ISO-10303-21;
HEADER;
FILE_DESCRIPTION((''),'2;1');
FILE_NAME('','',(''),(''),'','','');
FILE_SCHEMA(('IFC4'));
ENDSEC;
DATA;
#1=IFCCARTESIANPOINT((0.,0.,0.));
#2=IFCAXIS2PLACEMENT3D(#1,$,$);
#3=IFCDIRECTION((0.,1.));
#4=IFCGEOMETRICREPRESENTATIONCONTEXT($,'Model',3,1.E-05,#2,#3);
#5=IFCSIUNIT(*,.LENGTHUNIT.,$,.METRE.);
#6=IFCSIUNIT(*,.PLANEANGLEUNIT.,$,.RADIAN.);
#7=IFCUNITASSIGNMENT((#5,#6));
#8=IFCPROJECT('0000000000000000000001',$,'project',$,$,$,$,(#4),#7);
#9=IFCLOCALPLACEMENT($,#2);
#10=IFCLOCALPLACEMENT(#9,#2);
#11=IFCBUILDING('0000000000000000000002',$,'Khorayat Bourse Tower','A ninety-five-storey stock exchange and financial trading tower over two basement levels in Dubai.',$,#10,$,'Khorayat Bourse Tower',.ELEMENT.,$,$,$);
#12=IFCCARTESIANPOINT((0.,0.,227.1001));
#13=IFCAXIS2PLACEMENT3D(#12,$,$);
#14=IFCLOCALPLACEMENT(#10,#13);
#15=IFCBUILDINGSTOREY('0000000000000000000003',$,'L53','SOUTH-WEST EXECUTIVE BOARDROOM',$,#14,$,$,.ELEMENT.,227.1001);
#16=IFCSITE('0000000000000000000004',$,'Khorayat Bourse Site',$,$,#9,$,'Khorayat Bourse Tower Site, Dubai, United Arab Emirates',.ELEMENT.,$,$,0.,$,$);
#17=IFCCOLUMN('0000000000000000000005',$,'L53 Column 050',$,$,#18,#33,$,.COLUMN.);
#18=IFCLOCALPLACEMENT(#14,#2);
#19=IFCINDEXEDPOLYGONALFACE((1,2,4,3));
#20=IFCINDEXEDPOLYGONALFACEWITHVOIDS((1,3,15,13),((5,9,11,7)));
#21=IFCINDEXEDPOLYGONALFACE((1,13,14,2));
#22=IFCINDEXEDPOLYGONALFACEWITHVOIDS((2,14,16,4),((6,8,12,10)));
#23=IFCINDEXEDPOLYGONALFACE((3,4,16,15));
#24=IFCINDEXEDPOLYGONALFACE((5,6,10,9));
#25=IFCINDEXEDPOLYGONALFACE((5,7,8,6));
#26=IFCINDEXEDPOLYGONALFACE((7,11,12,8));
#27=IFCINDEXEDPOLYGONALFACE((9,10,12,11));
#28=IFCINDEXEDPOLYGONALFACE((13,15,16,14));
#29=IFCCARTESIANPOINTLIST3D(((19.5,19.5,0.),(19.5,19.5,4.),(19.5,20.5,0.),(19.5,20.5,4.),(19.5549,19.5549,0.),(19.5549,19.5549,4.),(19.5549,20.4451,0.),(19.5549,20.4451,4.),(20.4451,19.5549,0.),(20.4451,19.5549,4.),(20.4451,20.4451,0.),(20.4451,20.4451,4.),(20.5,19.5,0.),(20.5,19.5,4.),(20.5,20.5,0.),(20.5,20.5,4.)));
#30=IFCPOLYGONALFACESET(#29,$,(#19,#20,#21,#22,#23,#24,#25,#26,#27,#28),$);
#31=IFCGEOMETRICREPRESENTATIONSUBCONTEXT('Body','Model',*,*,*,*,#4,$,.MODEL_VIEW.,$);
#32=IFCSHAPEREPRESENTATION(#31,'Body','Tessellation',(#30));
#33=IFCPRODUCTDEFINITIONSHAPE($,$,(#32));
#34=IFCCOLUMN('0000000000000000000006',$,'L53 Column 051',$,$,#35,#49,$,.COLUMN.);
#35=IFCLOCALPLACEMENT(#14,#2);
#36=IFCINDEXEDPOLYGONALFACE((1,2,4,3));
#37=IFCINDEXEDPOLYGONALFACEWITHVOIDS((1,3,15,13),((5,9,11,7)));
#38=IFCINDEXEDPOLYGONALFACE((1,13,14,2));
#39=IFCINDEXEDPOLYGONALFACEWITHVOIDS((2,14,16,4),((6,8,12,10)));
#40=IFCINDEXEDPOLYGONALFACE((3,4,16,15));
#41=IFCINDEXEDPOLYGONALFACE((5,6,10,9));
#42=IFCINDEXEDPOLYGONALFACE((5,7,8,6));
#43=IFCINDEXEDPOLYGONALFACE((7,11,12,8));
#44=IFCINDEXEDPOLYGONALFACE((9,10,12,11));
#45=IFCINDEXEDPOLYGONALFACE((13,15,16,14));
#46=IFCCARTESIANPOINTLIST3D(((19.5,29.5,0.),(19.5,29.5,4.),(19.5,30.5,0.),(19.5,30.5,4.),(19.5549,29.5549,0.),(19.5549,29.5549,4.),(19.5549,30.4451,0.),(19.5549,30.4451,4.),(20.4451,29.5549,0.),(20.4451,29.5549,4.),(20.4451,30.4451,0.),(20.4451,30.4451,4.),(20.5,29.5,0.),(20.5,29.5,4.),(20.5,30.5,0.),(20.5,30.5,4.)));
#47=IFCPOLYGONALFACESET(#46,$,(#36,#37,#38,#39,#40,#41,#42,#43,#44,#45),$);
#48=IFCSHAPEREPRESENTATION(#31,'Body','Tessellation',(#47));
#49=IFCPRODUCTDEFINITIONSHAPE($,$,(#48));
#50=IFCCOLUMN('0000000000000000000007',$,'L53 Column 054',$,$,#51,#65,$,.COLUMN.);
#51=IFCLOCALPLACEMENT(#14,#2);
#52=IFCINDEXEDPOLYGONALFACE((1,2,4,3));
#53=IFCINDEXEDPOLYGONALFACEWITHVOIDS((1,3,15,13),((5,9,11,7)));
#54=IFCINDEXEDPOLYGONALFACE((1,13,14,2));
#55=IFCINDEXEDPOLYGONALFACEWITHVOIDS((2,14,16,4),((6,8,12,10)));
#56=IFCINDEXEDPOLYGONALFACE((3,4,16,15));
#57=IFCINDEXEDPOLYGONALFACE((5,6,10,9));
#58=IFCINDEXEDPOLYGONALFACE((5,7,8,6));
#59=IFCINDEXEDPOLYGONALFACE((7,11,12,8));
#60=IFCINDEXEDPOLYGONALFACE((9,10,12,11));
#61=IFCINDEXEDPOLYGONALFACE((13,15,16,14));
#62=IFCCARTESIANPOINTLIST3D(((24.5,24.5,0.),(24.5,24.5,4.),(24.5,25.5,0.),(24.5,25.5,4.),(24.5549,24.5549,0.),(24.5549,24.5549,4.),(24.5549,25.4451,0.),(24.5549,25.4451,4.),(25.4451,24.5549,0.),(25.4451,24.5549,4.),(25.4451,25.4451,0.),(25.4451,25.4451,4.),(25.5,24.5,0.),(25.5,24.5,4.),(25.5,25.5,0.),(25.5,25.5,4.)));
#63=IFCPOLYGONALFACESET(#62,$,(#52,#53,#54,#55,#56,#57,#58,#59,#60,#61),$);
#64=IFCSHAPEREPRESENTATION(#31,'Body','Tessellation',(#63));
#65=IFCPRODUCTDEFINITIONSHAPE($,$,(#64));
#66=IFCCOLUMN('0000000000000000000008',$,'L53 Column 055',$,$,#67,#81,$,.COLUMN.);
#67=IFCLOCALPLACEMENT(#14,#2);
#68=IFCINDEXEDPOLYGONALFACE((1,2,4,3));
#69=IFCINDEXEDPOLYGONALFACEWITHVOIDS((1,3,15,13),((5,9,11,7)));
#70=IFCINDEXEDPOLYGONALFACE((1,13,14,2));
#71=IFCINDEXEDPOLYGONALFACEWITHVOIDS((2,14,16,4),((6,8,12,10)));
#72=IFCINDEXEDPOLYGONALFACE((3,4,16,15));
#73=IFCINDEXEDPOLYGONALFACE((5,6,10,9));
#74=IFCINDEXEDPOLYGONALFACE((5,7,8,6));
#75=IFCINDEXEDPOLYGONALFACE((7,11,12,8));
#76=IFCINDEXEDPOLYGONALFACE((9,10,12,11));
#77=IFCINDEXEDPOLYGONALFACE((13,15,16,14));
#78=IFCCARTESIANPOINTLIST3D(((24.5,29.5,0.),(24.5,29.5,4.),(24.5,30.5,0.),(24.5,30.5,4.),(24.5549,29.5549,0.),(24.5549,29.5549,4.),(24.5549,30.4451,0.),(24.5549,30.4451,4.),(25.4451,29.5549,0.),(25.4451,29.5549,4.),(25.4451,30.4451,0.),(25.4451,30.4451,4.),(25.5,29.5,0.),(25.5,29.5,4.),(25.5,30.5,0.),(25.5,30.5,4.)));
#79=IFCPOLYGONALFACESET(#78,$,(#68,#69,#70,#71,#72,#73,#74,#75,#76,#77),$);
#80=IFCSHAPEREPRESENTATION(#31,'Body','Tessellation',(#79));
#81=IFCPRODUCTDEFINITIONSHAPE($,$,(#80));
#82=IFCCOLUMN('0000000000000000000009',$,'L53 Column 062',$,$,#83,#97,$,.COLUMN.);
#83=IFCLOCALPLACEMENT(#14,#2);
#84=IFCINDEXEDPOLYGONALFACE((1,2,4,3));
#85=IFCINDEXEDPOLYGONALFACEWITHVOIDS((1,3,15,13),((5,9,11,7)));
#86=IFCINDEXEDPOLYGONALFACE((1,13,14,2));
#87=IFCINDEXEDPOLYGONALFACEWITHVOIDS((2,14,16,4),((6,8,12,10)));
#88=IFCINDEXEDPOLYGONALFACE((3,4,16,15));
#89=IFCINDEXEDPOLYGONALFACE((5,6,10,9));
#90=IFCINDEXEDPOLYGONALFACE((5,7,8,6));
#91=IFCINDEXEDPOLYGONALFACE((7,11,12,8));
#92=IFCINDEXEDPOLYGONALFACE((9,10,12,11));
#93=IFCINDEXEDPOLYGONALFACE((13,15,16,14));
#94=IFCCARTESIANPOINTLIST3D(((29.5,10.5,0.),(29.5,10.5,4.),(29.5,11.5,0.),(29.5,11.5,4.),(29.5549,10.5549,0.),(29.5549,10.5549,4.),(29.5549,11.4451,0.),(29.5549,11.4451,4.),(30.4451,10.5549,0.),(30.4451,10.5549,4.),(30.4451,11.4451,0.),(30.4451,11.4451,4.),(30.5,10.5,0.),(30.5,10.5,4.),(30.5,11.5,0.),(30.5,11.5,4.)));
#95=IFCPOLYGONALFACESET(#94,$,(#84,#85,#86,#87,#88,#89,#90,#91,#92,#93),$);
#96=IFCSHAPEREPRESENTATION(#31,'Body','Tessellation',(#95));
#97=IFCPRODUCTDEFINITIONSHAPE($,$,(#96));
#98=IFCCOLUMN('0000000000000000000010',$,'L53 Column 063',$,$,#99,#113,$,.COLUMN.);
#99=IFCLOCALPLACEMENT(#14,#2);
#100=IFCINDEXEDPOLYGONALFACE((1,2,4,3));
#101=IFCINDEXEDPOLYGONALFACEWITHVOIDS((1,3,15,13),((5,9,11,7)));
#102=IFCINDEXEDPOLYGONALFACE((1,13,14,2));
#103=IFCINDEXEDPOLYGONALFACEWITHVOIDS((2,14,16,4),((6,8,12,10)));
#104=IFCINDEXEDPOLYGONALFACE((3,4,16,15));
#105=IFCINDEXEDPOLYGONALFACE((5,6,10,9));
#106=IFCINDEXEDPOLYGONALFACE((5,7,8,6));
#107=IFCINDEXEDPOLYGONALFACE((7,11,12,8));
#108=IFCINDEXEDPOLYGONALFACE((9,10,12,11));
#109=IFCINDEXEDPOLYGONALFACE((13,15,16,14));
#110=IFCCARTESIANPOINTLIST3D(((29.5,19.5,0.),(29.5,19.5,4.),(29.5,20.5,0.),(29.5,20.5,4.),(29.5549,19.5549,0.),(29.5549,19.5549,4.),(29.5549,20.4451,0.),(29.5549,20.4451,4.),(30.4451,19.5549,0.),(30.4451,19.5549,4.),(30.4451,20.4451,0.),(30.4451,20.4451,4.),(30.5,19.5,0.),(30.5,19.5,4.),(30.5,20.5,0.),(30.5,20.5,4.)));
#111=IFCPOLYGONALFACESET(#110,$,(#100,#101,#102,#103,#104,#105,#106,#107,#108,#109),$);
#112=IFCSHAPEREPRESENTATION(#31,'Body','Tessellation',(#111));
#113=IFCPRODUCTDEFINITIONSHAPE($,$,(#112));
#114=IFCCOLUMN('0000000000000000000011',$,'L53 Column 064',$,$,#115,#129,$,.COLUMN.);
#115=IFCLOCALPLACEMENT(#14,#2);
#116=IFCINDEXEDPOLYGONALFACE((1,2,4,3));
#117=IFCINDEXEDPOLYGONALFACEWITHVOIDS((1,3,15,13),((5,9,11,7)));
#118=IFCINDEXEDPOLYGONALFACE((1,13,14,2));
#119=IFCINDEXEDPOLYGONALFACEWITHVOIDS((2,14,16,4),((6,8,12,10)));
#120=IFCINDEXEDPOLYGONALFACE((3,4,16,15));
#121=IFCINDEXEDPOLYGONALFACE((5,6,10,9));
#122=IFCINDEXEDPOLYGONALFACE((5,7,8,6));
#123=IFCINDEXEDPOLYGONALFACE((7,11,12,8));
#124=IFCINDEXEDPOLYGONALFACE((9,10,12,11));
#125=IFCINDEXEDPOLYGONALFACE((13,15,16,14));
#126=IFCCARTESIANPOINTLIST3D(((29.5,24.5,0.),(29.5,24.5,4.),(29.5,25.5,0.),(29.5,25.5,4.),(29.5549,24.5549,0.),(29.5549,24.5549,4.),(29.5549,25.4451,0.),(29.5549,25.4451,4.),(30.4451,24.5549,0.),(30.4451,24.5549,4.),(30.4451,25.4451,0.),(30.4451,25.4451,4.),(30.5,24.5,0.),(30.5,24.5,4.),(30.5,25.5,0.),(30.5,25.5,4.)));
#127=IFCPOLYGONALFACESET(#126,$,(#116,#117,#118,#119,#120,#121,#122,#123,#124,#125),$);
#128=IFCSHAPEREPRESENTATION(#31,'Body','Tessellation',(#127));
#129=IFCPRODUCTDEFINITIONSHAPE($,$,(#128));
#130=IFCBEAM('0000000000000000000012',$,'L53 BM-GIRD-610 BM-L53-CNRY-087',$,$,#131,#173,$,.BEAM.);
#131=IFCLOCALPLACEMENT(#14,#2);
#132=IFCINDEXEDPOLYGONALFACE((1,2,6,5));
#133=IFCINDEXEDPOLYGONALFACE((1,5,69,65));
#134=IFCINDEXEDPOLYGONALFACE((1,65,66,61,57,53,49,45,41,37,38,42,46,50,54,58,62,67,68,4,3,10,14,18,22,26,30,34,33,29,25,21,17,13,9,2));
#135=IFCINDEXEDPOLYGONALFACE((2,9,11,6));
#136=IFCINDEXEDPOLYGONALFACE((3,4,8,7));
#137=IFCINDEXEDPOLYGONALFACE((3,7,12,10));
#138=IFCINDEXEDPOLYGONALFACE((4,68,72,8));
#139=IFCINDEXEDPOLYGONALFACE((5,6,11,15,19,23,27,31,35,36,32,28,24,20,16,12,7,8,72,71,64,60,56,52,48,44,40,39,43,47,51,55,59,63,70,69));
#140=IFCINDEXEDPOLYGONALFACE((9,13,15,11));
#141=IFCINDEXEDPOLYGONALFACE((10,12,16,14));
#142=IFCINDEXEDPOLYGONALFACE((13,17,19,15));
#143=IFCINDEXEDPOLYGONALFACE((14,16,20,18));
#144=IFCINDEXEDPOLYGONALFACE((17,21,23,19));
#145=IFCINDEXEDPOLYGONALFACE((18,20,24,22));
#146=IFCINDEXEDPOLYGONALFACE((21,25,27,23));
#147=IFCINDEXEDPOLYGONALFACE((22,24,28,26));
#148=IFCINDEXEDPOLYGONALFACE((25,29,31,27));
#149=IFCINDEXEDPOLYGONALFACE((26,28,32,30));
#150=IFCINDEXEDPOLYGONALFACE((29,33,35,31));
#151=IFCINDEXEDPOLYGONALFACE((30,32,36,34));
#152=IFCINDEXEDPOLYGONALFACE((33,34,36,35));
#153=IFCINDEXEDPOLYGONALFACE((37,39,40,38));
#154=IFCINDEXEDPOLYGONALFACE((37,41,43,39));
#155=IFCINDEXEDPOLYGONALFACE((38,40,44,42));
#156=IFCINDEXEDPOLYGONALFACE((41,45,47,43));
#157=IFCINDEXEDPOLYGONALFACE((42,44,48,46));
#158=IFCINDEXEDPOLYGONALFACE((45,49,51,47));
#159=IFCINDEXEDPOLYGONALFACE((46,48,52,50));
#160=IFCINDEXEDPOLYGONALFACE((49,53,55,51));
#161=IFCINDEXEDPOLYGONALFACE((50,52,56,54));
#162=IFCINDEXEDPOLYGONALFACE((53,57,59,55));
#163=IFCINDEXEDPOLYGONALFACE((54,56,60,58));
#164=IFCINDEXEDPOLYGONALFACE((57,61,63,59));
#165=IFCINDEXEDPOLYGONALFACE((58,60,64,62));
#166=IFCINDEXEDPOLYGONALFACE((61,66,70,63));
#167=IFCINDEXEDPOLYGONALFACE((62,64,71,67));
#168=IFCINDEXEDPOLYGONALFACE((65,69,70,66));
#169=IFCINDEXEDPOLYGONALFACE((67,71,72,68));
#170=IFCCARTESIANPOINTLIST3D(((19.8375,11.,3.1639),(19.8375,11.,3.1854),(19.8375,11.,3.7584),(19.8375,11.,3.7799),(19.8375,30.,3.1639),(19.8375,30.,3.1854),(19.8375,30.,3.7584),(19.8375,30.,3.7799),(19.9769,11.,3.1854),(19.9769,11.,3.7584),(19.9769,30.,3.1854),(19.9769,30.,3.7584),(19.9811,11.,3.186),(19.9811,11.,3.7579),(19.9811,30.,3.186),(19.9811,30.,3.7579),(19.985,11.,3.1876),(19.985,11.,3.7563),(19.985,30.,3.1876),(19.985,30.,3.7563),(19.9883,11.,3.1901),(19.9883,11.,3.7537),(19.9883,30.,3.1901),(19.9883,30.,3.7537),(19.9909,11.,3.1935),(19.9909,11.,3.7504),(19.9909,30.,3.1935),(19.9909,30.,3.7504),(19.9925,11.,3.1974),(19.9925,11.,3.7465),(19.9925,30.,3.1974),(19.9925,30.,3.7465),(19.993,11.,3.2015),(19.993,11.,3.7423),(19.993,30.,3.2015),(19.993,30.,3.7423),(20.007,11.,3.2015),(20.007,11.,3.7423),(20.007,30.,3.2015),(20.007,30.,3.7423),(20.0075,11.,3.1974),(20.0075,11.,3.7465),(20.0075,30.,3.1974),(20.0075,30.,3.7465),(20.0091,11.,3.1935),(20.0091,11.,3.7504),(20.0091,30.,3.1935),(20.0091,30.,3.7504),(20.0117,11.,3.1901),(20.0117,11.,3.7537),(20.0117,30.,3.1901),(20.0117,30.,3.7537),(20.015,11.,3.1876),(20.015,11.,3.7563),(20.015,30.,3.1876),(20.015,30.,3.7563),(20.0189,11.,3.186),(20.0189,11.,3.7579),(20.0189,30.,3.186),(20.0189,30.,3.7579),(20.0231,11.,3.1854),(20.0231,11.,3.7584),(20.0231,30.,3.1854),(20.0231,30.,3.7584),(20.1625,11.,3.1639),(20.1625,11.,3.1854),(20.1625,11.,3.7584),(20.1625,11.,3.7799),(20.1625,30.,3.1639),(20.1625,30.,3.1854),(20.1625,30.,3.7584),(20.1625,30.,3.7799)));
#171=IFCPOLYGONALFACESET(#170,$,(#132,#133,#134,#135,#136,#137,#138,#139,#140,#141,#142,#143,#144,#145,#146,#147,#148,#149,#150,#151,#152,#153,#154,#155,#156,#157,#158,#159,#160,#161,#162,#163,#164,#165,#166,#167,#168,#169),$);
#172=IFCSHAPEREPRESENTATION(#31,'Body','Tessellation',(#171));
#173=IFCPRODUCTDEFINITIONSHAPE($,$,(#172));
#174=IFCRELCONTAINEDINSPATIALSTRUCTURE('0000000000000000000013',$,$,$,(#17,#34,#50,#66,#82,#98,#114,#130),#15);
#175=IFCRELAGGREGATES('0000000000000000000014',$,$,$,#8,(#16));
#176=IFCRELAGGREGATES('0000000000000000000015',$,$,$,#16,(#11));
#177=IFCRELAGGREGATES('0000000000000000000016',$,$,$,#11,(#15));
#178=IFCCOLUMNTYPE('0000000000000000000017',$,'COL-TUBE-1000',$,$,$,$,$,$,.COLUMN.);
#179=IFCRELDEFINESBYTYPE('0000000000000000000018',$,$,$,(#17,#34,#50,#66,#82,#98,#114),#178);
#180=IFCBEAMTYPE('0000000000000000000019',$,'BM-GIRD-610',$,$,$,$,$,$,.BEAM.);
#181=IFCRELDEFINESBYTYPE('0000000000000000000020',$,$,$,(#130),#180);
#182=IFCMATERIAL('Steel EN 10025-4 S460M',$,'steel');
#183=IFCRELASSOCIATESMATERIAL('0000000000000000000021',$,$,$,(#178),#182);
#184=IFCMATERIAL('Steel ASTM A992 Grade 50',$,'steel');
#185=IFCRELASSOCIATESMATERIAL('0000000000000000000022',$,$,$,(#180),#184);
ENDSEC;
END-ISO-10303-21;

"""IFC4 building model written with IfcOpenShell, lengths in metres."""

from ifc_helpers import new_model, si_unit, direction, frame, origin, origin_2d, place, context, subcontext, project, spatial, hollow_rectangle, i_section, extrude, source, transform, mapped, material, material_profile, profile_set, type_object, element, save


model = new_model("IFC4")

# Units and contexts
model_context = context("Model", 3, precision=1e-05, world=origin(), true_north=direction((0.0, 1.0)))
body_context = subcontext(model_context, "Body", "Model", "MODEL_VIEW")
ifc_project = project(units=[si_unit("LENGTHUNIT", "METRE"), si_unit("PLANEANGLEUNIT", "RADIAN")], contexts=[model_context])

# Site, building, storey
site_placement = place(None, origin())
site = spatial("IfcSite", under=ifc_project, at=site_placement, Name="Khorayat Bourse Site", LongName="Khorayat Bourse Tower Site, Dubai, United Arab Emirates", CompositionType="ELEMENT", RefElevation=0.0)
building_placement = place(site_placement, origin())
building = spatial("IfcBuilding", under=site, at=building_placement, Name="Khorayat Bourse Tower", Description="A ninety-five-storey stock exchange and financial trading tower over two basement levels in Dubai.", LongName="Khorayat Bourse Tower", CompositionType="ELEMENT")
storey_placement = place(building_placement, frame((0.0, 0.0, 227.1001)))
storey = spatial("IfcBuildingStorey", under=building, at=storey_placement, Name="L53", Description="SOUTH-WEST EXECUTIVE BOARDROOM", CompositionType="ELEMENT", Elevation=227.1001)

# Columns
ifc_material_1 = material(Name="Steel EN 10025-4 S460M", Category="steel")
ifc_material_profile_1 = material_profile(ifc_material_1, hollow_rectangle(XDim=1.0, YDim=1.0, WallThickness=0.0549, at=origin_2d()), Name="BOX 1000x1000x55")
ifc_profile_set_1 = profile_set([ifc_material_profile_1], Name="Steel EN 10025-4 S460M")
column_type = type_object("IfcColumnType", Name="COL-TUBE-1000", PredefinedType="COLUMN", material=ifc_profile_set_1)
shared_shape_1 = source(origin(), body_context, "Body", "SweptSolid", [
    extrude(hollow_rectangle(XDim=1.0, YDim=1.0, WallThickness=0.0549, at=origin_2d()), origin(), (0.0, 0.0, 1.0), 4.0),
])
for number, where, z_axis, x_axis, name in (
    (1, (20.0, 20.0, 0.0), (0.0, 0.0, 1.0), (1.0, 0.0, 0.0), "L53 Column 050"),
    (2, (20.0, 30.0, 0.0), (0.0, 0.0, 1.0), (1.0, 0.0, 0.0), "L53 Column 051"),
    (3, (25.0, 25.0, 0.0), (0.0, 0.0, 1.0), (1.0, 0.0, 0.0), "L53 Column 054"),
    (4, (25.0, 30.0, 0.0), (0.0, 0.0, 1.0), (1.0, 0.0, 0.0), "L53 Column 055"),
    (5, (30.0, 11.0, 0.0), (0.0, 0.0, 1.0), (1.0, 0.0, 0.0), "L53 Column 062"),
    (6, (30.0, 20.0, 0.0), (0.0, 0.0, 1.0), (1.0, 0.0, 0.0), "L53 Column 063"),
    (7, (30.0, 25.0, 0.0), (0.0, 0.0, 1.0), (1.0, 0.0, 0.0), "L53 Column 064"),
):
    element("IfcColumn", number, at=place(storey_placement, frame(where, z_axis=z_axis, x_axis=x_axis)), inside=storey, type_object=column_type, Name=name, PredefinedType="COLUMN", context=body_context, shape_type="MappedRepresentation", body=[
        mapped(shared_shape_1, transform((0.0, 0.0, 0.0), scale=1.0)),
    ])

# Beam
ifc_material_2 = material(Name="Steel ASTM A992 Grade 50", Category="steel")
ifc_material_profile_2 = material_profile(ifc_material_2, i_section(OverallWidth=0.325, OverallDepth=0.616, WebThickness=0.0139, FlangeThickness=0.0215, FilletRadius=0.0161, at=origin_2d()), Name="W610X174")
ifc_profile_set_2 = profile_set([ifc_material_profile_2], Name="Steel ASTM A992 Grade 50")
beam_type_1 = type_object("IfcBeamType", Name="BM-GIRD-610", PredefinedType="BEAM", material=ifc_profile_set_2)
shared_shape_2 = source(origin(), body_context, "Body", "SweptSolid", [
    extrude(i_section(OverallWidth=0.325, OverallDepth=0.616, WebThickness=0.0139, FlangeThickness=0.0215, FilletRadius=0.0161, at=origin_2d()), origin(), (0.0, 0.0, 1.0), 19.0),
])
beam_1_placement = place(storey_placement, frame((20.0, 11.0, 3.4719), z_axis=(0.0, 1.0, 0.0), x_axis=(-1.0, 0.0, 0.0)))
element("IfcBeam", 8, at=beam_1_placement, inside=storey, type_object=beam_type_1, Name="L53 BM-GIRD-610 BM-L53-CNRY-087", PredefinedType="BEAM", context=body_context, shape_type="MappedRepresentation", body=[
    mapped(shared_shape_2, transform((0.0, 0.0, 0.0), scale=1.0)),
])

save(model, "model.ifc")
